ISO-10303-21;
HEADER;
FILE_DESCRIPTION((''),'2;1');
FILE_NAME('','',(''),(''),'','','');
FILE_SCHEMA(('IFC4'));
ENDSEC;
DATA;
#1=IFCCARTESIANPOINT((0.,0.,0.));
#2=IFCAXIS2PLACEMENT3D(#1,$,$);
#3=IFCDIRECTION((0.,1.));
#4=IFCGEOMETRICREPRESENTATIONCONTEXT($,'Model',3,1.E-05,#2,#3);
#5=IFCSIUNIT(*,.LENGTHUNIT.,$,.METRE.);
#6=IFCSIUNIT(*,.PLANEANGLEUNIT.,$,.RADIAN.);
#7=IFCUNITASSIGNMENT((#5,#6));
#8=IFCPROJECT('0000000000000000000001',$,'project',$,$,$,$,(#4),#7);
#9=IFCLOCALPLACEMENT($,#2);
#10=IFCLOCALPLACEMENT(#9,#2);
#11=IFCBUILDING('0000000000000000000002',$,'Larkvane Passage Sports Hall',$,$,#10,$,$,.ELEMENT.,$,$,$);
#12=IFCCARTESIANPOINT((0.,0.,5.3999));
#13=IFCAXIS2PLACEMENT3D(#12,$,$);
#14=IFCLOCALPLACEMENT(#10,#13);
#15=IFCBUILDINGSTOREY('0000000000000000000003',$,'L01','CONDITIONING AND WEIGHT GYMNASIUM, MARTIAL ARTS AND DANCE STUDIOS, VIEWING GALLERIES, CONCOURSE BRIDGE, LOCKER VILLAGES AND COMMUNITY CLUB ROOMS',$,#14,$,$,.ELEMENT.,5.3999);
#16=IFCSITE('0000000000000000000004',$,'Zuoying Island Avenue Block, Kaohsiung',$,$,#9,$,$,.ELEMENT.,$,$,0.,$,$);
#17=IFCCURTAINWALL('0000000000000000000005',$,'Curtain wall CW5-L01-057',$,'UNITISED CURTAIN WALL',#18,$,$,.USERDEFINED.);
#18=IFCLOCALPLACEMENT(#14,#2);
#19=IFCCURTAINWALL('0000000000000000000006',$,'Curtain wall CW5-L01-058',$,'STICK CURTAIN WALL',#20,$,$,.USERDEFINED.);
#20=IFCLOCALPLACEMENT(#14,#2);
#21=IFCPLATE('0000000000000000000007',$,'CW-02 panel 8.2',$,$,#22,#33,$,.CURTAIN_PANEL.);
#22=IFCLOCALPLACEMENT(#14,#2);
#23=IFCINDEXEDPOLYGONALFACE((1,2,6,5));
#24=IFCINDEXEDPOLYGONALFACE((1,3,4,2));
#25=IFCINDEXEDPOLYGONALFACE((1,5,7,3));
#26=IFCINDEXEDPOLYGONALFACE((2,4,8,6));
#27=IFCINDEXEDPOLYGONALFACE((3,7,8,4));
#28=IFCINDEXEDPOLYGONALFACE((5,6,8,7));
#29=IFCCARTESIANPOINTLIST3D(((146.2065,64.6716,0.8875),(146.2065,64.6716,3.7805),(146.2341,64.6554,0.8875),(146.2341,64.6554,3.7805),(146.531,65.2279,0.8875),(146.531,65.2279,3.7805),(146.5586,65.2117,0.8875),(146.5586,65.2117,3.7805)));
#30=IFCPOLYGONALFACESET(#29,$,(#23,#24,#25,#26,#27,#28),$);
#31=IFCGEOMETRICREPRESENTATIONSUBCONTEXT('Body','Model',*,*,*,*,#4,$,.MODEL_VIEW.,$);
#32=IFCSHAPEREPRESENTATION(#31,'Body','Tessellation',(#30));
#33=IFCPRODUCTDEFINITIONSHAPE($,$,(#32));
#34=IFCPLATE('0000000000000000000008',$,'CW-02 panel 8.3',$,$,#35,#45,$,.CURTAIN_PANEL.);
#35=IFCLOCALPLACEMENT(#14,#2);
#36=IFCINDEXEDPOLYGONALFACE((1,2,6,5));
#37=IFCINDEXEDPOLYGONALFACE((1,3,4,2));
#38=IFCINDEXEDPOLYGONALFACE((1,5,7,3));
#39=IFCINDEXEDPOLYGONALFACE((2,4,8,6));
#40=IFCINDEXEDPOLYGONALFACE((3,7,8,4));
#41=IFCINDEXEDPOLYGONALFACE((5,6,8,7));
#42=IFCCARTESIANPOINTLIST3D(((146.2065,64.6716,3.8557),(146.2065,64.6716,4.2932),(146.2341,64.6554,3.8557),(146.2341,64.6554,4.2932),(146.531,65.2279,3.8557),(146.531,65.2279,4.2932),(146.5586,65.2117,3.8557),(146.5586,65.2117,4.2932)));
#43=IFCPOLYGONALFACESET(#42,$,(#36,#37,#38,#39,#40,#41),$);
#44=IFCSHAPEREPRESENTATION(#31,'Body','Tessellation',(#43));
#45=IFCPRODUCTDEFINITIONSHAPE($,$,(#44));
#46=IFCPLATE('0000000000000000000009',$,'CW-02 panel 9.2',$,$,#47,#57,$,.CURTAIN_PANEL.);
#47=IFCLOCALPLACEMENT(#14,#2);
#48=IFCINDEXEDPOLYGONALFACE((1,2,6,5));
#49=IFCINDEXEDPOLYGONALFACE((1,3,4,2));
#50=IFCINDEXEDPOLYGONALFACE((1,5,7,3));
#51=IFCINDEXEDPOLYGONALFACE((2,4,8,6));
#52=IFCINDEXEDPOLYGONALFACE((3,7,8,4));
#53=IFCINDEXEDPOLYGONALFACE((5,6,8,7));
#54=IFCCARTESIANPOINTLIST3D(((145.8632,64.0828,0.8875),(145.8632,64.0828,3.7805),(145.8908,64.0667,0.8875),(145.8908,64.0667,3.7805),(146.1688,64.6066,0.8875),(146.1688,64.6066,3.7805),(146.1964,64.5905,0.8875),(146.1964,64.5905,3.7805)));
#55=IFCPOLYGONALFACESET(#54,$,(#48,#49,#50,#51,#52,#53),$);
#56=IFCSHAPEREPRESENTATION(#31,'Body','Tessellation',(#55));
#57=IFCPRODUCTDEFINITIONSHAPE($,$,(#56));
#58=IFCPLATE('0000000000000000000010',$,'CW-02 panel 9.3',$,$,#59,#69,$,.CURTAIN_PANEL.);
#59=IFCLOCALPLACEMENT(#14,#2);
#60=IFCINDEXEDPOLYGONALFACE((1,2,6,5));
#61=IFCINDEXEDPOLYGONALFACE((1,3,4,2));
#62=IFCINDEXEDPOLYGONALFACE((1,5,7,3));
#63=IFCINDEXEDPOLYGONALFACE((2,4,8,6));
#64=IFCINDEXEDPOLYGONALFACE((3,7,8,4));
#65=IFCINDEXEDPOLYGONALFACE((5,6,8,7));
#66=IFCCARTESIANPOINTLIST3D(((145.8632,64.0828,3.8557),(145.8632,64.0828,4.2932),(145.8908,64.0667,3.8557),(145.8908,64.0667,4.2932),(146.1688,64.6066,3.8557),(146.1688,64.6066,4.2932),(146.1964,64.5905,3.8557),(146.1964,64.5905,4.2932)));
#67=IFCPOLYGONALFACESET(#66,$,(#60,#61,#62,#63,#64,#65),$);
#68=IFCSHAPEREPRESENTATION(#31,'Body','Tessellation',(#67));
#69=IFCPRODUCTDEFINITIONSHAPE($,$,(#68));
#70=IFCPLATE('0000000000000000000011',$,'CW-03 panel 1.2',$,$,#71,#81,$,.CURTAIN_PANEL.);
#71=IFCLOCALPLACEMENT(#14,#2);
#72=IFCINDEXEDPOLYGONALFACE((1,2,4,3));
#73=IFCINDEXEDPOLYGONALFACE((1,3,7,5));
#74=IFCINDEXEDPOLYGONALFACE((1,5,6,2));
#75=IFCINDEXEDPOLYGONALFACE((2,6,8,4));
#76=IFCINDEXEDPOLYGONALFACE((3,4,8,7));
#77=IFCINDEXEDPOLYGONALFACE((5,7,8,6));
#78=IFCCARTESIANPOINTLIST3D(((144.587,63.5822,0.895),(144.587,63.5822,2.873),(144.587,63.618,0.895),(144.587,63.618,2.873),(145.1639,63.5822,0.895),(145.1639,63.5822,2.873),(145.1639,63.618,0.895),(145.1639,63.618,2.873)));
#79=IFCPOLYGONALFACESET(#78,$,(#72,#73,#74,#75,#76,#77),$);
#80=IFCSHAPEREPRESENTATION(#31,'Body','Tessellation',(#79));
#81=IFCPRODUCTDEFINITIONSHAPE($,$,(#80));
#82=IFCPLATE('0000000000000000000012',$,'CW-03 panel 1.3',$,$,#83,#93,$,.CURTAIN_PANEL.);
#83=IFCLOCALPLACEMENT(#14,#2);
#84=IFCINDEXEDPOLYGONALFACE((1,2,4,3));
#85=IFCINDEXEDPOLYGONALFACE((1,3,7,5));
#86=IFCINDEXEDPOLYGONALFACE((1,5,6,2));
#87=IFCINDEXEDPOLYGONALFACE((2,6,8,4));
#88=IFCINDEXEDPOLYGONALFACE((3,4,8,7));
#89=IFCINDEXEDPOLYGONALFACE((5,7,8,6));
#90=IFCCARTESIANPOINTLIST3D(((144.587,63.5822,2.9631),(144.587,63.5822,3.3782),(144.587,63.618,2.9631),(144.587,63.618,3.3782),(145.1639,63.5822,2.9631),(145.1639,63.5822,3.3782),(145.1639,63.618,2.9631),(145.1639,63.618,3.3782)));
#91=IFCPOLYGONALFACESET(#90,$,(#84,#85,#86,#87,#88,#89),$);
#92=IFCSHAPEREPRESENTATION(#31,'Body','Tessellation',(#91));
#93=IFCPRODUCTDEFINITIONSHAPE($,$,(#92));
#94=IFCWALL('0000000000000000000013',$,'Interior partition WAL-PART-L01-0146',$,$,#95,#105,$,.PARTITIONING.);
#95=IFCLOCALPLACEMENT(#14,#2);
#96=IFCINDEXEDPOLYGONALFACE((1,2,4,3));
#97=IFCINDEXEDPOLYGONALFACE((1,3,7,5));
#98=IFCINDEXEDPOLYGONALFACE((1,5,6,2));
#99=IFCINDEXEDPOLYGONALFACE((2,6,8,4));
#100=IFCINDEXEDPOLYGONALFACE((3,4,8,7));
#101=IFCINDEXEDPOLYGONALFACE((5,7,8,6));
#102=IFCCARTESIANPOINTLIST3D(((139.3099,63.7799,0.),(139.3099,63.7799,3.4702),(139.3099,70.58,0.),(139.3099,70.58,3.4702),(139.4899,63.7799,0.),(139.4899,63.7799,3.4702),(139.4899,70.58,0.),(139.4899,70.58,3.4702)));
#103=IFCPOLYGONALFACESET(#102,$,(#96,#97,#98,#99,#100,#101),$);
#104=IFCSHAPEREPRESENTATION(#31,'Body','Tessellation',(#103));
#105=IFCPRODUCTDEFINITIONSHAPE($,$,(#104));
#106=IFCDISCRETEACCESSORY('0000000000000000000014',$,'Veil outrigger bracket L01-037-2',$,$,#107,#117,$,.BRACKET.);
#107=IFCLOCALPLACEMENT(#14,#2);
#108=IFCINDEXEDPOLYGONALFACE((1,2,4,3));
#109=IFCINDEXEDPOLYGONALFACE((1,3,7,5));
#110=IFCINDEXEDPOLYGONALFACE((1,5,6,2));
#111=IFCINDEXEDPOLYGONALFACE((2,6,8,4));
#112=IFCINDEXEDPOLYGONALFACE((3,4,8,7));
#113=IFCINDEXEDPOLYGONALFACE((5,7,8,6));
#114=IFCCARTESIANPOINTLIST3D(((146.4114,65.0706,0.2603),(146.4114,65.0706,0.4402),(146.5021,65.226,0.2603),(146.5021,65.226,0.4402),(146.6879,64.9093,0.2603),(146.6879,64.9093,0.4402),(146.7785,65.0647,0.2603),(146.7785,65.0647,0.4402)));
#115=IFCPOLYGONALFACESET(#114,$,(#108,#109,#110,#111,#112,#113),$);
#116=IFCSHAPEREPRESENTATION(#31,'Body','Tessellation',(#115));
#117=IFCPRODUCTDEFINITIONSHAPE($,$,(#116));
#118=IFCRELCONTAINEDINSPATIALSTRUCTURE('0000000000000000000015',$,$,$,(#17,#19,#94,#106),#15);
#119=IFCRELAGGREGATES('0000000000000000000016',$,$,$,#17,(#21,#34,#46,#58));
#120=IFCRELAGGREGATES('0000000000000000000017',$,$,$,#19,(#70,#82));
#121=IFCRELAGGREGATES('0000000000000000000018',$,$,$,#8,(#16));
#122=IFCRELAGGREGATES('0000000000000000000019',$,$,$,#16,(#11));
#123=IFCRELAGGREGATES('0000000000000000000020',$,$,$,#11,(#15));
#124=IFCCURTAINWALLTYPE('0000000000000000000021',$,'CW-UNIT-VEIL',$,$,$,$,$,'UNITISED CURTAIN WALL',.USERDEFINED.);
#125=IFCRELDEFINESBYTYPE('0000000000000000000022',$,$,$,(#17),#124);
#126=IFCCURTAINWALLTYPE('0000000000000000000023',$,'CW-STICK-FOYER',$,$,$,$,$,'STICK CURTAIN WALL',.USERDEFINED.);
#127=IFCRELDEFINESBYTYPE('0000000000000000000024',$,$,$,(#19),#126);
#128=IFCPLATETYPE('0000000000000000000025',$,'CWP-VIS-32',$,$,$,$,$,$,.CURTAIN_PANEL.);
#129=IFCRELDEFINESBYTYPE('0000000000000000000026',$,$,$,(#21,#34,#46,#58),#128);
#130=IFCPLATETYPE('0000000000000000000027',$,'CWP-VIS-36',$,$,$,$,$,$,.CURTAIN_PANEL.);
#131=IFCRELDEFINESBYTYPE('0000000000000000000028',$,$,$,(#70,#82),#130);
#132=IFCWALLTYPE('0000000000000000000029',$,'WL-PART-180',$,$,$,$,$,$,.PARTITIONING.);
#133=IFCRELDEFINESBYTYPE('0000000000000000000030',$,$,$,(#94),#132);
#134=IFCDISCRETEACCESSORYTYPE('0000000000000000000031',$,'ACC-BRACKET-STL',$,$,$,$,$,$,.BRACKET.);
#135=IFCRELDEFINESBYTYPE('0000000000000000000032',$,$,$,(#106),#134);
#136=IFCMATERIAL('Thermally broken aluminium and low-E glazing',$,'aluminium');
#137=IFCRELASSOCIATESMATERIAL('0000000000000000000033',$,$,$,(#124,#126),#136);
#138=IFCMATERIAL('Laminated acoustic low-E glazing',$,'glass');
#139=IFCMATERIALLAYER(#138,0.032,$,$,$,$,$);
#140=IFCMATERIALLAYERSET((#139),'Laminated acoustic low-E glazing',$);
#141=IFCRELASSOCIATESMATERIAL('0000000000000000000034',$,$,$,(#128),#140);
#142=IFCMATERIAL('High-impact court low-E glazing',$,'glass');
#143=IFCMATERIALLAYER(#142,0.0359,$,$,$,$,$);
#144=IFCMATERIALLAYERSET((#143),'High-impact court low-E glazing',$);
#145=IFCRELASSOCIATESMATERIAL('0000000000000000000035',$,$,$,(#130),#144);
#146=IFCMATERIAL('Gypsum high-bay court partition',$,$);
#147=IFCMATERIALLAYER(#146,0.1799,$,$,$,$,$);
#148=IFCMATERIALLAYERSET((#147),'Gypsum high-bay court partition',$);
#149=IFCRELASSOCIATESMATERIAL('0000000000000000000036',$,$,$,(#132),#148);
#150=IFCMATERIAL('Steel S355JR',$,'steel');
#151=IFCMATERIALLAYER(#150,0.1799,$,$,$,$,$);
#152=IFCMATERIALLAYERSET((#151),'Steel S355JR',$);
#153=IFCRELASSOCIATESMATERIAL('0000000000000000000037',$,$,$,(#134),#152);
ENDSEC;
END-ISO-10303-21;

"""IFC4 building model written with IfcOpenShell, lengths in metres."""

from ifc_helpers import new_model, si_unit, direction, frame, frame_2d, origin, origin_2d, place, context, subcontext, project, spatial, rectangle, extrude, material, layer, layer_set, type_object, element, aggregate, save


model = new_model("IFC4")

# Units and contexts
model_context = context("Model", 3, precision=1e-05, world=origin(), true_north=direction((0.0, 1.0)))
body_context = subcontext(model_context, "Body", "Model", "MODEL_VIEW")
ifc_project = project(units=[si_unit("LENGTHUNIT", "METRE"), si_unit("PLANEANGLEUNIT", "RADIAN")], contexts=[model_context])

# Site, building, storey
site_placement = place(None, origin())
site = spatial("IfcSite", under=ifc_project, at=site_placement, Name="Zuoying Island Avenue Block, Kaohsiung", CompositionType="ELEMENT", RefElevation=0.0)
building_placement = place(site_placement, origin())
building = spatial("IfcBuilding", under=site, at=building_placement, Name="Larkvane Passage Sports Hall", CompositionType="ELEMENT")
storey_placement = place(building_placement, frame((0.0, 0.0, 5.3999)))
storey = spatial("IfcBuildingStorey", under=building, at=storey_placement, Name="L01", Description="CONDITIONING AND WEIGHT GYMNASIUM, MARTIAL ARTS AND DANCE STUDIOS, VIEWING GALLERIES, CONCOURSE BRIDGE, LOCKER VILLAGES AND COMMUNITY CLUB ROOMS", CompositionType="ELEMENT", Elevation=5.3999)

# Curtain walls
ifc_material_1 = material(Name="Thermally broken aluminium and low-E glazing", Category="aluminium")
curtain_wall_type_1 = type_object("IfcCurtainWallType", Name="CW-UNIT-VEIL", ElementType="UNITISED CURTAIN WALL", PredefinedType="USERDEFINED", material=ifc_material_1)
curtain_wall_1_placement = place(storey_placement, origin())
curtain_wall_1 = element("IfcCurtainWall", 1, at=curtain_wall_1_placement, inside=storey, type_object=curtain_wall_type_1, Name="Curtain wall CW5-L01-057", ObjectType="UNITISED CURTAIN WALL", PredefinedType="USERDEFINED")
curtain_wall_type_2 = type_object("IfcCurtainWallType", Name="CW-STICK-FOYER", ElementType="STICK CURTAIN WALL", PredefinedType="USERDEFINED", material=ifc_material_1)
curtain_wall_2_placement = place(storey_placement, origin())
curtain_wall_2 = element("IfcCurtainWall", 2, at=curtain_wall_2_placement, inside=storey, type_object=curtain_wall_type_2, Name="Curtain wall CW5-L01-058", ObjectType="STICK CURTAIN WALL", PredefinedType="USERDEFINED")

# Plates
ifc_material_2 = material(Name="Laminated acoustic low-E glazing", Category="glass")
ifc_layer_1 = layer(ifc_material_2, 0.032)
ifc_layer_set_1 = layer_set([ifc_layer_1], Name="Laminated acoustic low-E glazing")
plate_type_1 = type_object("IfcPlateType", Name="CWP-VIS-32", PredefinedType="CURTAIN_PANEL", material=ifc_layer_set_1)
plate_1_placement = place(storey_placement, frame((146.3826, 64.9417, 0.8875), z_axis=(0.0, 0.0, 1.0), x_axis=(-0.503867, -0.863781, 0.0)))
plate_1 = element("IfcPlate", 3, at=plate_1_placement, type_object=plate_type_1, Name="CW-02 panel 8.2", PredefinedType="CURTAIN_PANEL", context=body_context, shape_type="SweptSolid", body=[
    extrude(rectangle(XDim=0.644, YDim=0.032, at=origin_2d()), origin(), (0.0, 0.0, 1.0), 2.8931),
])
plate_2_placement = place(storey_placement, frame((146.3826, 64.9417, 3.8557), z_axis=(0.0, 0.0, 1.0), x_axis=(-0.503867, -0.863781, 0.0)))
plate_2 = element("IfcPlate", 4, at=plate_2_placement, type_object=plate_type_1, Name="CW-02 panel 8.3", PredefinedType="CURTAIN_PANEL", context=body_context, shape_type="SweptSolid", body=[
    extrude(rectangle(XDim=0.644, YDim=0.032, at=origin_2d()), origin(), (0.0, 0.0, 1.0), 0.4375),
])
plate_3_placement = place(storey_placement, frame((146.0298, 64.3367, 0.8875), z_axis=(0.0, 0.0, 1.0), x_axis=(-0.503867, -0.863781, 0.0)))
plate_3 = element("IfcPlate", 5, at=plate_3_placement, type_object=plate_type_1, Name="CW-02 panel 9.2", PredefinedType="CURTAIN_PANEL", context=body_context, shape_type="SweptSolid", body=[
    extrude(rectangle(XDim=0.6064, YDim=0.032, at=origin_2d()), origin(), (0.0, 0.0, 1.0), 2.8931),
])
plate_4_placement = place(storey_placement, frame((146.0298, 64.3367, 3.8557), z_axis=(0.0, 0.0, 1.0), x_axis=(-0.503867, -0.863781, 0.0)))
plate_4 = element("IfcPlate", 6, at=plate_4_placement, type_object=plate_type_1, Name="CW-02 panel 9.3", PredefinedType="CURTAIN_PANEL", context=body_context, shape_type="SweptSolid", body=[
    extrude(rectangle(XDim=0.6064, YDim=0.032, at=origin_2d()), origin(), (0.0, 0.0, 1.0), 0.4375),
])
aggregate(curtain_wall_1, [plate_1, plate_2, plate_3, plate_4])
ifc_material_3 = material(Name="High-impact court low-E glazing", Category="glass")
ifc_layer_2 = layer(ifc_material_3, 0.0359)
ifc_layer_set_2 = layer_set([ifc_layer_2], Name="High-impact court low-E glazing")
plate_type_2 = type_object("IfcPlateType", Name="CWP-VIS-36", PredefinedType="CURTAIN_PANEL", material=ifc_layer_set_2)
plate_5_placement = place(storey_placement, frame((144.8755, 63.6001, 0.895), z_axis=(0.0, 0.0, 1.0), x_axis=(-1.0, 0.0, 0.0)))
plate_5 = element("IfcPlate", 7, at=plate_5_placement, type_object=plate_type_2, Name="CW-03 panel 1.2", PredefinedType="CURTAIN_PANEL", context=body_context, shape_type="SweptSolid", body=[
    extrude(rectangle(XDim=0.5769, YDim=0.0359, at=origin_2d()), origin(), (0.0, 0.0, 1.0), 1.978),
])
plate_6_placement = place(storey_placement, frame((144.8755, 63.6001, 2.9631), z_axis=(0.0, 0.0, 1.0), x_axis=(-1.0, 0.0, 0.0)))
plate_6 = element("IfcPlate", 8, at=plate_6_placement, type_object=plate_type_2, Name="CW-03 panel 1.3", PredefinedType="CURTAIN_PANEL", context=body_context, shape_type="SweptSolid", body=[
    extrude(rectangle(XDim=0.5769, YDim=0.0359, at=origin_2d()), origin(), (0.0, 0.0, 1.0), 0.415),
])
aggregate(curtain_wall_2, [plate_5, plate_6])

# Wall
ifc_material_4 = material(Name="Gypsum high-bay court partition")
ifc_layer_3 = layer(ifc_material_4, 0.1799)
ifc_layer_set_3 = layer_set([ifc_layer_3], Name="Gypsum high-bay court partition")
wall_type = type_object("IfcWallType", Name="WL-PART-180", PredefinedType="PARTITIONING", material=ifc_layer_set_3)
wall_placement = place(storey_placement, frame((139.3999, 63.78, 0.0), z_axis=(0.0, 0.0, 1.0), x_axis=(0.0, 1.0, 0.0)))
element("IfcWall", 9, at=wall_placement, inside=storey, type_object=wall_type, Name="Interior partition WAL-PART-L01-0146", PredefinedType="PARTITIONING", context=body_context, shape_type="SweptSolid", body=[
    extrude(rectangle(XDim=6.8, YDim=0.1799, at=frame_2d((3.3999, 0.0))), origin(), (0.0, 0.0, 1.0), 3.4702),
])

# Discrete accessory
ifc_material_5 = material(Name="Steel S355JR", Category="steel")
ifc_layer_4 = layer(ifc_material_5, 0.1799)
ifc_layer_set_4 = layer_set([ifc_layer_4], Name="Steel S355JR")
discrete_accessory_type = type_object("IfcDiscreteAccessoryType", Name="ACC-BRACKET-STL", PredefinedType="BRACKET", material=ifc_layer_set_4)
discrete_accessory_placement = place(storey_placement, frame((146.595, 65.0676, 0.2603), z_axis=(0.0, 0.0, 1.0), x_axis=(-0.503871, -0.863779, 0.0)))
element("IfcDiscreteAccessory", 10, at=discrete_accessory_placement, inside=storey, type_object=discrete_accessory_type, Name="Veil outrigger bracket L01-037-2", PredefinedType="BRACKET", context=body_context, shape_type="SweptSolid", body=[
    extrude(rectangle(XDim=0.1799, YDim=0.3201, at=origin_2d()), origin(), (0.0, 0.0, 1.0), 0.1799),
])

save(model, "model.ifc")
